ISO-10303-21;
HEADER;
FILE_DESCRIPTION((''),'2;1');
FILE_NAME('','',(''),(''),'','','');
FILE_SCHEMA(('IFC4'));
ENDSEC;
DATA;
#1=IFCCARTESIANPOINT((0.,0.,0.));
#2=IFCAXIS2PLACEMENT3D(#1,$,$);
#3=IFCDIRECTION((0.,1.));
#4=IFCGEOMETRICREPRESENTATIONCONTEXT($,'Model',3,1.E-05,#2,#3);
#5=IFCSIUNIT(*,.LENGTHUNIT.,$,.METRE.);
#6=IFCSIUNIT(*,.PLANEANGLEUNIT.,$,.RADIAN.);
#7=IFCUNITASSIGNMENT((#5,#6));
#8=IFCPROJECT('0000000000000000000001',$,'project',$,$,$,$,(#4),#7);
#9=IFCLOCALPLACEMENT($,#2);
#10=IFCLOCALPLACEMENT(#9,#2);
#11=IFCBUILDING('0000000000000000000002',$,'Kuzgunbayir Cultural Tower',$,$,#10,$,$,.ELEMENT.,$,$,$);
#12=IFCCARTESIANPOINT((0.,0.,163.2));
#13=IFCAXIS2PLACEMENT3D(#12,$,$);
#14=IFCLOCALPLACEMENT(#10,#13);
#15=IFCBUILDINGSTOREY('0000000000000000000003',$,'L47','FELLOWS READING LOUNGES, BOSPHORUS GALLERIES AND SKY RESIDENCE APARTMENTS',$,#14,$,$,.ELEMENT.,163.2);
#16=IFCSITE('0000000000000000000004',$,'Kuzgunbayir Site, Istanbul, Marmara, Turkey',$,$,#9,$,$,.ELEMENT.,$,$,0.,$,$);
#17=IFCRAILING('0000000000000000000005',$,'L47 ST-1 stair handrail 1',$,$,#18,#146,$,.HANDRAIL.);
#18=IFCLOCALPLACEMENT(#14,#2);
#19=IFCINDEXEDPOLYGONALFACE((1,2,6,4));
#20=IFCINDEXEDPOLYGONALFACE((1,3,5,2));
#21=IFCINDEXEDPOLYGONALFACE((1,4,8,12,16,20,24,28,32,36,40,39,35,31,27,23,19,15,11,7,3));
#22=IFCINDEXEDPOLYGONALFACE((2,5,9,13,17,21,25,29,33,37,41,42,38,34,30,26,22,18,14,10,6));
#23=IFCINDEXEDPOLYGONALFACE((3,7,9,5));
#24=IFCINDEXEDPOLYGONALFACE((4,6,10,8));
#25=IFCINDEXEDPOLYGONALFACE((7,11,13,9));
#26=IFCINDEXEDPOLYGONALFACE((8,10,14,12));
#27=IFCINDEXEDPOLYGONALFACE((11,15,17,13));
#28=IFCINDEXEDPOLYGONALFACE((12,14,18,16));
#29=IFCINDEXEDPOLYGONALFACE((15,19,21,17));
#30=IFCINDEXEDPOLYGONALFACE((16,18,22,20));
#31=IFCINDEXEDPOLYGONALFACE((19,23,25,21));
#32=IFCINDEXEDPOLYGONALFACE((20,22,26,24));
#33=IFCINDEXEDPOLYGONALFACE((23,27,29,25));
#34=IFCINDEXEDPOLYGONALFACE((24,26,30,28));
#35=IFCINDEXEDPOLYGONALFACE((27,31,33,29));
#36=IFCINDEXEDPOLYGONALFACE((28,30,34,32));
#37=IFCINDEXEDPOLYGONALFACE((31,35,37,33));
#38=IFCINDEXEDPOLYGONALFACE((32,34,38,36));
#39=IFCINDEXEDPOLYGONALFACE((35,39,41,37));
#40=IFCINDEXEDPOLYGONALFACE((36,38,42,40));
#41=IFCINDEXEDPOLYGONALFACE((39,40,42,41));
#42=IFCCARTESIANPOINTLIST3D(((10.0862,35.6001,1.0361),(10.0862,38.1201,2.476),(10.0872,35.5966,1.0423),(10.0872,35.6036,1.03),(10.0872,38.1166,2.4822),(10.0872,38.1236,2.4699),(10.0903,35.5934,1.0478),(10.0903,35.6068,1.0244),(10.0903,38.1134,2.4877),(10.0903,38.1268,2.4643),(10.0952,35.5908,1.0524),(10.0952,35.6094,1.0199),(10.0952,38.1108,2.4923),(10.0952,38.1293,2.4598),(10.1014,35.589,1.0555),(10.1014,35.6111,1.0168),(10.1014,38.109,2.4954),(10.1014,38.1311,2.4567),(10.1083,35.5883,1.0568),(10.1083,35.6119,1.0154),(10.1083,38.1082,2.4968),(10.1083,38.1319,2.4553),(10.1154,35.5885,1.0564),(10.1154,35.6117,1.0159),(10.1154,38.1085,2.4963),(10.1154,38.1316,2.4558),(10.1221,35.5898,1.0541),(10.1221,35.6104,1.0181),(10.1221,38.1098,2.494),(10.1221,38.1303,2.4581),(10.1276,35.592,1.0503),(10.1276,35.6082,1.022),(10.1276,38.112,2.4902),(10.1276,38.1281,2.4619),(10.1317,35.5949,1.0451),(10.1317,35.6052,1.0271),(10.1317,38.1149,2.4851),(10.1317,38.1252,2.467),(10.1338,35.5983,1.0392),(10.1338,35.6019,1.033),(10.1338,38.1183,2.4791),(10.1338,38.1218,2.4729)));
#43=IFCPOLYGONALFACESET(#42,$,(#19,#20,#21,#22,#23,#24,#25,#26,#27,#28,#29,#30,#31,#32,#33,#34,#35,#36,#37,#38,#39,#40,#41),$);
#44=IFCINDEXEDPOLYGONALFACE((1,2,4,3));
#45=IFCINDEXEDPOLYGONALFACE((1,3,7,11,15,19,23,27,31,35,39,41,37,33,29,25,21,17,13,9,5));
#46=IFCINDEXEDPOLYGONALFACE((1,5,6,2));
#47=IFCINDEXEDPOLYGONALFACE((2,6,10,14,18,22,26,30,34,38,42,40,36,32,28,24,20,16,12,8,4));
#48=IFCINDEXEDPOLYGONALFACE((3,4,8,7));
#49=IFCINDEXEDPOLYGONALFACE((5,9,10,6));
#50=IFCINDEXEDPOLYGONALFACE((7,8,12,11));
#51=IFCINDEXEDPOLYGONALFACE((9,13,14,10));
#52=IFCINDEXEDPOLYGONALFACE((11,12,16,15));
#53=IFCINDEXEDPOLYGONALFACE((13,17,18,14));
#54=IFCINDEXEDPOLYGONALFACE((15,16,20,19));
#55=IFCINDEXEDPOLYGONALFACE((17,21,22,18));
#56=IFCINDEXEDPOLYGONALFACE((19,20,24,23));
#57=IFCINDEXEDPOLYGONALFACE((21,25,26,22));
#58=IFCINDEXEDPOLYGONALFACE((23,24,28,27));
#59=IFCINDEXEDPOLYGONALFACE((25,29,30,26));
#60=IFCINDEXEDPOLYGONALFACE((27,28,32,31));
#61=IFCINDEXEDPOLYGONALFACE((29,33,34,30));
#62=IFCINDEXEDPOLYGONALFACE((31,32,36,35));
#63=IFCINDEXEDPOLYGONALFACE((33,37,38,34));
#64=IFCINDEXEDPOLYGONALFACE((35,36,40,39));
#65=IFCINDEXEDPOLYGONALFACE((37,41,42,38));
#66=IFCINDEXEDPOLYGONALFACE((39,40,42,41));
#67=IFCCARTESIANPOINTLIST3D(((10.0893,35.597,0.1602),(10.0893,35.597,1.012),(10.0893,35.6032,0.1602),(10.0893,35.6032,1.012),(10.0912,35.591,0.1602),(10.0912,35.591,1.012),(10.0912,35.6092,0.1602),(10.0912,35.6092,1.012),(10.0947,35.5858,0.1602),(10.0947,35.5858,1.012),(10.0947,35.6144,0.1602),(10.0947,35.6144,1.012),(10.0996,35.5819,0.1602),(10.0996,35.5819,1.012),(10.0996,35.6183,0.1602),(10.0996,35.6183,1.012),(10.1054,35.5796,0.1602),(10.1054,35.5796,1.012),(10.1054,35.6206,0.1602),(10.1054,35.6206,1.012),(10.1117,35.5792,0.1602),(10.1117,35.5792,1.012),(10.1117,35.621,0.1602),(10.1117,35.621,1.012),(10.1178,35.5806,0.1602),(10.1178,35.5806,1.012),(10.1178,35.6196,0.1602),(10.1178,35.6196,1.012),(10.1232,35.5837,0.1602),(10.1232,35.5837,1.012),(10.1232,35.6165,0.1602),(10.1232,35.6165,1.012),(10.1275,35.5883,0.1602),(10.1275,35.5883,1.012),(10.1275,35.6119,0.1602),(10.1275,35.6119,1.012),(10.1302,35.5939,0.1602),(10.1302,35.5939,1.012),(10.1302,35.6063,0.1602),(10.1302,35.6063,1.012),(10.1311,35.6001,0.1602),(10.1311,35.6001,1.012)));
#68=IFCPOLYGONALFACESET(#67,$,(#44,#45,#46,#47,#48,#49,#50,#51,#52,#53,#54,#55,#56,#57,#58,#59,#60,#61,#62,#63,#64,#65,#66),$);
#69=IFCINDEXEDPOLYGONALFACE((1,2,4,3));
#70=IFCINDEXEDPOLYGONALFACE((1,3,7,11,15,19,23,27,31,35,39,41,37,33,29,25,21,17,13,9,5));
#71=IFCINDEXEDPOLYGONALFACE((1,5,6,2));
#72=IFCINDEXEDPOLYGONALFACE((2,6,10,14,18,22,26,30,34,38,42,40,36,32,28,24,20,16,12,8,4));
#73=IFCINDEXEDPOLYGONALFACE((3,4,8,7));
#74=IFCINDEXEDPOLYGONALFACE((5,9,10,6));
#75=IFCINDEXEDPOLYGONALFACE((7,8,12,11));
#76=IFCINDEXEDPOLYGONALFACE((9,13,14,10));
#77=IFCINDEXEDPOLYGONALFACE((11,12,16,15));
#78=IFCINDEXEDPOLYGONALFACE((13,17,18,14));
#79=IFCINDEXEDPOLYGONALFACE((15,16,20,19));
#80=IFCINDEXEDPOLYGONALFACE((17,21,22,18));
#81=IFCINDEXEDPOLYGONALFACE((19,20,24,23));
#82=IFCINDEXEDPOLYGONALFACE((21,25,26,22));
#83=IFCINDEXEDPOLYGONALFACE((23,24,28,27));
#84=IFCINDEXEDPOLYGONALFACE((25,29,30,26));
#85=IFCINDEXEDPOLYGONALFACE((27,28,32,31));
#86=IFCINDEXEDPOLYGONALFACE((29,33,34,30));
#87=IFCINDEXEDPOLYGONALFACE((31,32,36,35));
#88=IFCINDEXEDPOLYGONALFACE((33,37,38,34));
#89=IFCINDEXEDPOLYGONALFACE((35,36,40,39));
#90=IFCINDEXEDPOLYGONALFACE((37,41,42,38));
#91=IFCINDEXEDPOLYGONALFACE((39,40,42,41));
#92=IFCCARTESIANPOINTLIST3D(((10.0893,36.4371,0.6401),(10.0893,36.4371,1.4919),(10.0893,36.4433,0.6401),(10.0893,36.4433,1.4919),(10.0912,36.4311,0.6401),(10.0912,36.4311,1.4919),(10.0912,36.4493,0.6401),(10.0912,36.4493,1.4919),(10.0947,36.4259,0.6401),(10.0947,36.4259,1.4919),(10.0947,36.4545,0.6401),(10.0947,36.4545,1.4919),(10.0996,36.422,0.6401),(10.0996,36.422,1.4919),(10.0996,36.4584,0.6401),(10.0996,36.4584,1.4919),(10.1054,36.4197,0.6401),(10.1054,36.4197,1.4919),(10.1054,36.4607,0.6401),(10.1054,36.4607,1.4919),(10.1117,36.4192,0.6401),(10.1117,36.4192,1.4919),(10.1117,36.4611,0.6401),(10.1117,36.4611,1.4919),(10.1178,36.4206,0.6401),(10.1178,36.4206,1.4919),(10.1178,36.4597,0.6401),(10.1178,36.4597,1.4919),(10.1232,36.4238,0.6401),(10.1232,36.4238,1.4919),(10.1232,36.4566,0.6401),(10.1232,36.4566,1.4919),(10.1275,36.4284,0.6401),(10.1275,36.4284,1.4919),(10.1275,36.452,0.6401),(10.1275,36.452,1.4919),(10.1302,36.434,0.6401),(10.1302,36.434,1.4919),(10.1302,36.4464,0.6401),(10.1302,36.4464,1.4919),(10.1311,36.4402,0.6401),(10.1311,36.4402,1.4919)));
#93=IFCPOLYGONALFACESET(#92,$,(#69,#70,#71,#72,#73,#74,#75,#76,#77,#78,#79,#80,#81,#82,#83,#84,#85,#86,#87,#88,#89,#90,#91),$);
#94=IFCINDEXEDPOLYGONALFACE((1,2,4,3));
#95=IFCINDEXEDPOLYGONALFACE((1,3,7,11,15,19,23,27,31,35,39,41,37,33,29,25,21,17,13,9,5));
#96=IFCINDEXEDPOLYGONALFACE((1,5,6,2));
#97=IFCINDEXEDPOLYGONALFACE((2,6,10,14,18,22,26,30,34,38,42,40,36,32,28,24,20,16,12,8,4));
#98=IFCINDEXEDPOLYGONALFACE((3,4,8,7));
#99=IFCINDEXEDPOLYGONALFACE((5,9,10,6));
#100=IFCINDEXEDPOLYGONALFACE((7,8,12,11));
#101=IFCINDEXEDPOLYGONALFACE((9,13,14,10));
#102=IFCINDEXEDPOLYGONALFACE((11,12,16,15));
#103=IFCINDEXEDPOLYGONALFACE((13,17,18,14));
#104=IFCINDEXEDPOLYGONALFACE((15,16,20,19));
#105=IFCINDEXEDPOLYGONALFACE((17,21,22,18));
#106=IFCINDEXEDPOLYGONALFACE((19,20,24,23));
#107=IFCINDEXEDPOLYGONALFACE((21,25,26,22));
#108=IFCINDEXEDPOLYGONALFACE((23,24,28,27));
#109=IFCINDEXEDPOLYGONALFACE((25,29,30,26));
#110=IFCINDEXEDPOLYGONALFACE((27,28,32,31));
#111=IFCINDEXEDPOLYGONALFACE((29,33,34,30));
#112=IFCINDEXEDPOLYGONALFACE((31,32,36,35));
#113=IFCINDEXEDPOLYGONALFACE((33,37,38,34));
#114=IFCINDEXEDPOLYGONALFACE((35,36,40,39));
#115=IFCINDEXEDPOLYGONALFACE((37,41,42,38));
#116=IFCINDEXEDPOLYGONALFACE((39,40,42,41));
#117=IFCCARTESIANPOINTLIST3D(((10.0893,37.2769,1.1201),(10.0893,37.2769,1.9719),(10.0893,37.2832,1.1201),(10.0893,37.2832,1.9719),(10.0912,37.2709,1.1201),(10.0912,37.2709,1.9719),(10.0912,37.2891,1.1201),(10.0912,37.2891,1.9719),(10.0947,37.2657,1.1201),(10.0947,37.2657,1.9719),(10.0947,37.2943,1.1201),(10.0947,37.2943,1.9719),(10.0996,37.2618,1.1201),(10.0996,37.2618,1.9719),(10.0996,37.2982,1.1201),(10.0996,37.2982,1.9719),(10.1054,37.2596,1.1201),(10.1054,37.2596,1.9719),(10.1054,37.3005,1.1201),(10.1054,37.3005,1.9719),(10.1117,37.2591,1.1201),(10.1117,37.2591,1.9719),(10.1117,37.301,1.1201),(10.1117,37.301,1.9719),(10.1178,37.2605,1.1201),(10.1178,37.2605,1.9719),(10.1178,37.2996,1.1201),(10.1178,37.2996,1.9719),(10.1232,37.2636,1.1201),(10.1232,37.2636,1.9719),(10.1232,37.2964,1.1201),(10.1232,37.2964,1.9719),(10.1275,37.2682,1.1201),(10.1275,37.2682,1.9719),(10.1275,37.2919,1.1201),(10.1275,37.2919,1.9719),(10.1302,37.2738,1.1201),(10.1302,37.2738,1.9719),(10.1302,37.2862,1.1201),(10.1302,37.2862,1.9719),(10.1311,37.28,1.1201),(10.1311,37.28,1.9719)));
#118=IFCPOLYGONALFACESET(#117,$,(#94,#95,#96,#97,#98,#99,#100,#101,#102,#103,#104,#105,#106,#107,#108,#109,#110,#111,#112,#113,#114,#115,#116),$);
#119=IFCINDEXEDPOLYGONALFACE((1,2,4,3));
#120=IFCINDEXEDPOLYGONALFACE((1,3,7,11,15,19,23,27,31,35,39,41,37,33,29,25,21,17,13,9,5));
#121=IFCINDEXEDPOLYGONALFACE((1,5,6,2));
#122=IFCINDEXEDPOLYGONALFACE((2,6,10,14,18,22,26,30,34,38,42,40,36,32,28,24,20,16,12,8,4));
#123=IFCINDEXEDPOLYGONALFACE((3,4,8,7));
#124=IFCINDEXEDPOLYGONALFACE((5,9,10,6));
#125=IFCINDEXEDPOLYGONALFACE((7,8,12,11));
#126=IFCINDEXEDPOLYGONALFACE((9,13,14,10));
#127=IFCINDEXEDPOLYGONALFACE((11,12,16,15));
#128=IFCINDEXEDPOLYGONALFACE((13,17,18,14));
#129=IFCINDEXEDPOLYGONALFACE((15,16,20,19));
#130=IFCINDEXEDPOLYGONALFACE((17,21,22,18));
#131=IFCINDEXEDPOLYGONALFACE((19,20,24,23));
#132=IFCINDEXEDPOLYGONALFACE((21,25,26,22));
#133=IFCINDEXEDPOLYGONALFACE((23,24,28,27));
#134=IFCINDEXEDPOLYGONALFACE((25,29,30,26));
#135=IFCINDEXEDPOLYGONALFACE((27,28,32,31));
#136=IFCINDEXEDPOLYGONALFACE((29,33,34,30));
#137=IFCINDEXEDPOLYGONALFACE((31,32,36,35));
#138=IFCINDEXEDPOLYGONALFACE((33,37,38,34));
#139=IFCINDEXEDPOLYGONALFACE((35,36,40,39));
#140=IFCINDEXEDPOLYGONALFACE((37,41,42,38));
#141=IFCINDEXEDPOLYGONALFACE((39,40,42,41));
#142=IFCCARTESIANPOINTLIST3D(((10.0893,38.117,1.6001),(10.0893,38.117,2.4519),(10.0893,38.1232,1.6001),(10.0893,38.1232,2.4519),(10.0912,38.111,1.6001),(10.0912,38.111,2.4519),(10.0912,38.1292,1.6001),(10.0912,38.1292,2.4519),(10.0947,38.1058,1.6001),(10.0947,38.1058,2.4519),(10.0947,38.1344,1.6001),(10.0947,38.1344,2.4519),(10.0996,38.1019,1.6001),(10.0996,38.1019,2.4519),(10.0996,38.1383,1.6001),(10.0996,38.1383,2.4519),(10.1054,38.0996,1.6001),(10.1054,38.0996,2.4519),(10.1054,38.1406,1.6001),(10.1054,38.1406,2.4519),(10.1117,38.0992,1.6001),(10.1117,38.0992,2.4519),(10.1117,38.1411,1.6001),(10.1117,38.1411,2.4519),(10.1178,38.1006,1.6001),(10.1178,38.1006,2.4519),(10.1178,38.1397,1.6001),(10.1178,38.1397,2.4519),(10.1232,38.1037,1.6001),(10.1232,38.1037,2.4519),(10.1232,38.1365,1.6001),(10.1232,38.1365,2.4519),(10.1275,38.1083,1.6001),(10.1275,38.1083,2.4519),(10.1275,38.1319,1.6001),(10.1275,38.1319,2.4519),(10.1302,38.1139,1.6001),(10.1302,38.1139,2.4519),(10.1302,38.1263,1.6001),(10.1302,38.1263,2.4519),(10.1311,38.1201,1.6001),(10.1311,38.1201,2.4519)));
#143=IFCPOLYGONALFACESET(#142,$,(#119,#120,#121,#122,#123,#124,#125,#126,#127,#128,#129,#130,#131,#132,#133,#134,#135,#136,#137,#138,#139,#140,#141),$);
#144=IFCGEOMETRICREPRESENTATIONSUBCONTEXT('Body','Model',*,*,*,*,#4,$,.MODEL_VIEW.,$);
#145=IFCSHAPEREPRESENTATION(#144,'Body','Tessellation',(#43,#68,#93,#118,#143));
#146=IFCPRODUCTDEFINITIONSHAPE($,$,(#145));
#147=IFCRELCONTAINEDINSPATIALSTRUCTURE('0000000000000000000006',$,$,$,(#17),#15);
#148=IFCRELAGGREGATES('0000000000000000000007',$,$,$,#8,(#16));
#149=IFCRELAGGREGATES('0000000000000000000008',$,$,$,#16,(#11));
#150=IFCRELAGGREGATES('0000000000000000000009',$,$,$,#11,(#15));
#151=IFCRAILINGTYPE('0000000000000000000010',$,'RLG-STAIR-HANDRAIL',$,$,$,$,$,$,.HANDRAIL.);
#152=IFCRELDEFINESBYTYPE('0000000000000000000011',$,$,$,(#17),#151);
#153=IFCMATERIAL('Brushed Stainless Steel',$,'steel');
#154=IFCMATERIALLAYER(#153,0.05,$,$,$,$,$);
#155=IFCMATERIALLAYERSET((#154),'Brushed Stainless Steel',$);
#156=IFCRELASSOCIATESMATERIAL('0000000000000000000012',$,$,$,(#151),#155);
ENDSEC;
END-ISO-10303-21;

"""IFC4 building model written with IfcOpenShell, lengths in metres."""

from ifc_helpers import new_model, si_unit, direction, frame, origin, origin_2d, place, context, subcontext, project, spatial, circle, extrude, material, layer, layer_set, type_object, element, save


model = new_model("IFC4")

# Units and contexts
model_context = context("Model", 3, precision=1e-05, world=origin(), true_north=direction((0.0, 1.0)))
body_context = subcontext(model_context, "Body", "Model", "MODEL_VIEW")
ifc_project = project(units=[si_unit("LENGTHUNIT", "METRE"), si_unit("PLANEANGLEUNIT", "RADIAN")], contexts=[model_context])

# Site, building, storey
site_placement = place(None, origin())
site = spatial("IfcSite", under=ifc_project, at=site_placement, Name="Kuzgunbayir Site, Istanbul, Marmara, Turkey", CompositionType="ELEMENT", RefElevation=0.0)
building_placement = place(site_placement, origin())
building = spatial("IfcBuilding", under=site, at=building_placement, Name="Kuzgunbayir Cultural Tower", CompositionType="ELEMENT")
storey_placement = place(building_placement, frame((0.0, 0.0, 163.2)))
storey = spatial("IfcBuildingStorey", under=building, at=storey_placement, Name="L47", Description="FELLOWS READING LOUNGES, BOSPHORUS GALLERIES AND SKY RESIDENCE APARTMENTS", CompositionType="ELEMENT", Elevation=163.2)

# Shared definitions
ifc_material_1 = material(Name="Brushed Stainless Steel", Category="steel")

# Railing
ifc_layer_1 = layer(ifc_material_1, 0.05)
ifc_layer_set_1 = layer_set([ifc_layer_1], Name="Brushed Stainless Steel")
railing_type_1 = type_object("IfcRailingType", Name="RLG-STAIR-HANDRAIL", PredefinedType="HANDRAIL", material=ifc_layer_set_1)
railing_1_placement = place(storey_placement, frame((10.1101, 35.6001, 0.1602)))
element("IfcRailing", 1, at=railing_1_placement, inside=storey, type_object=railing_type_1, Name="L47 ST-1 stair handrail 1", PredefinedType="HANDRAIL", context=body_context, shape_type="SweptSolid", body=[
    extrude(circle(Radius=0.0239, at=origin_2d()), frame((0.0, 0.0, 0.876), z_axis=(0.0, 0.868253, 0.496121), x_axis=(-1.0, 0.0, 0.0)), (0.0, 0.0, 1.0), 2.9023),
    extrude(circle(Radius=0.021, at=origin_2d()), origin(), (0.0, 0.0, 1.0), 0.8518),
    extrude(circle(Radius=0.021, at=origin_2d()), frame((0.0, 0.8401, 0.48)), (0.0, 0.0, 1.0), 0.8518),
    extrude(circle(Radius=0.021, at=origin_2d()), frame((0.0, 1.6799, 0.96)), (0.0, 0.0, 1.0), 0.8518),
    extrude(circle(Radius=0.021, at=origin_2d()), frame((0.0, 2.52, 1.4399)), (0.0, 0.0, 1.0), 0.8518),
])

save(model, "model.ifc")
